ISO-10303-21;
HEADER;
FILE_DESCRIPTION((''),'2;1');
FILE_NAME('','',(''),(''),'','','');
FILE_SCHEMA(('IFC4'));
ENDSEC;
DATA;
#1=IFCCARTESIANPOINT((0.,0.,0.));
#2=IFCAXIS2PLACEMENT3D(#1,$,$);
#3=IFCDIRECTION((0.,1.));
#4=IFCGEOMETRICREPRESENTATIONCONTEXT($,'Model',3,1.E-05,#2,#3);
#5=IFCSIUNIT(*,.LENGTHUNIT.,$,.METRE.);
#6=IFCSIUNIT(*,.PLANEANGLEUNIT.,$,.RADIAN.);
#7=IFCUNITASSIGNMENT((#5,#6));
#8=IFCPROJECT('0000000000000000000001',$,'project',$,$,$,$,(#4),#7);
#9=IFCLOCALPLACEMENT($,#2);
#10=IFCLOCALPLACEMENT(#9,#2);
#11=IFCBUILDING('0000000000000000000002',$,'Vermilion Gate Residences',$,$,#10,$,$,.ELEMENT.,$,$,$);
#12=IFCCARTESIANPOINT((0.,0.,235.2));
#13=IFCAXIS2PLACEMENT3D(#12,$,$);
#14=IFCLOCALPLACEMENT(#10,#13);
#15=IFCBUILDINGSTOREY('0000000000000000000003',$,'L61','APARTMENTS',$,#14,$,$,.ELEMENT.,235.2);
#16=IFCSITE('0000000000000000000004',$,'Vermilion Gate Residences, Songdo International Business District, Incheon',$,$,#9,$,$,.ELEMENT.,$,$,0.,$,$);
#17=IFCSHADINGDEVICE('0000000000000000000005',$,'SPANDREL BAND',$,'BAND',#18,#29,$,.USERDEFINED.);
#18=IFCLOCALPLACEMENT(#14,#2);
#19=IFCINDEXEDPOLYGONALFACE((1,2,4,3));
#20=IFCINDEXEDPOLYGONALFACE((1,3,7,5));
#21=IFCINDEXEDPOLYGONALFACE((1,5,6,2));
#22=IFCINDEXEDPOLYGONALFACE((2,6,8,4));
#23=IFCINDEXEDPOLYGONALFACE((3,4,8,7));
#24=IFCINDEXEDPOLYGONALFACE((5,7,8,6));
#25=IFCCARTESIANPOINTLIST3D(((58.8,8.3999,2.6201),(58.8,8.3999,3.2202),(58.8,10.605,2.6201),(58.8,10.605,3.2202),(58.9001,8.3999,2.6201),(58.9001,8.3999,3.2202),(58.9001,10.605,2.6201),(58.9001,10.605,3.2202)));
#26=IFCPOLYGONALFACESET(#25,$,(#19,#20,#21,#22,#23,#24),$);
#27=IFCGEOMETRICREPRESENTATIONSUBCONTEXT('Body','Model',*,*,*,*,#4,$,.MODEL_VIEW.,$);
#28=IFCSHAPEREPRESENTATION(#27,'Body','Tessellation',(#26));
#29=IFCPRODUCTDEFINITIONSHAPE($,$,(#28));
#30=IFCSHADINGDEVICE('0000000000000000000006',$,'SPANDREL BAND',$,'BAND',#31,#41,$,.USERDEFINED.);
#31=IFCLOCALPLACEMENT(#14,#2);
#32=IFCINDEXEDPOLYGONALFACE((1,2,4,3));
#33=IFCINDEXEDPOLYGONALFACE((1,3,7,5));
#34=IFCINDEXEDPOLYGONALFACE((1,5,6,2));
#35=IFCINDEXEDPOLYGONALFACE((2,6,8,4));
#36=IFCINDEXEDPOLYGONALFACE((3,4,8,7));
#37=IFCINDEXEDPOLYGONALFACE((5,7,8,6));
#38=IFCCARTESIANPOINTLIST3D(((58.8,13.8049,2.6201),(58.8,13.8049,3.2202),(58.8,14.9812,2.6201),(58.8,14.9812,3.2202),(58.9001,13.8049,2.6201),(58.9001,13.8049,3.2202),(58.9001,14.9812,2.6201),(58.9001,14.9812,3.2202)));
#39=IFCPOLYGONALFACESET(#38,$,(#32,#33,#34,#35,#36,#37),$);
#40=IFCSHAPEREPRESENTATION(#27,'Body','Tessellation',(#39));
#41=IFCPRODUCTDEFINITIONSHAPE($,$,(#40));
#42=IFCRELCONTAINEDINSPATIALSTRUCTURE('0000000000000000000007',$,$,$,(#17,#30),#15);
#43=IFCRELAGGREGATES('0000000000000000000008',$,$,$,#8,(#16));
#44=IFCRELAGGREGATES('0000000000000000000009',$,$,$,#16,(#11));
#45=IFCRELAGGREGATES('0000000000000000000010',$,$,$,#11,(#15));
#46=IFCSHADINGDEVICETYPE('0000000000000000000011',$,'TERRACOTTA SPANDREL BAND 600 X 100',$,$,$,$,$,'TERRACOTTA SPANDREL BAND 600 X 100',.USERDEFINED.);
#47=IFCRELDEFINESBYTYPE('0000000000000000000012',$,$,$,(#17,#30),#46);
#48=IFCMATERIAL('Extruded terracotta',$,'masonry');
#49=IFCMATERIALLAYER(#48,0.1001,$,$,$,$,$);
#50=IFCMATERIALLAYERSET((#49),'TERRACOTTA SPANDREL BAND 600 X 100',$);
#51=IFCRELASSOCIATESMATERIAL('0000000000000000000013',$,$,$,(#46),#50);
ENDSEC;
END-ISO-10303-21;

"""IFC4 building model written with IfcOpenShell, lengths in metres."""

from ifc_helpers import new_model, si_unit, direction, frame, origin, origin_2d, place, context, subcontext, project, spatial, rectangle, extrude, material, layer, layer_set, type_object, element, save


model = new_model("IFC4")

# Units and contexts
model_context = context("Model", 3, precision=1e-05, world=origin(), true_north=direction((0.0, 1.0)))
body_context = subcontext(model_context, "Body", "Model", "MODEL_VIEW")
ifc_project = project(units=[si_unit("LENGTHUNIT", "METRE"), si_unit("PLANEANGLEUNIT", "RADIAN")], contexts=[model_context])

# Site, building, storey
site_placement = place(None, origin())
site = spatial("IfcSite", under=ifc_project, at=site_placement, Name="Vermilion Gate Residences, Songdo International Business District, Incheon", CompositionType="ELEMENT", RefElevation=0.0)
building_placement = place(site_placement, origin())
building = spatial("IfcBuilding", under=site, at=building_placement, Name="Vermilion Gate Residences", CompositionType="ELEMENT")
storey_placement = place(building_placement, frame((0.0, 0.0, 235.2)))
storey = spatial("IfcBuildingStorey", under=building, at=storey_placement, Name="L61", Description="APARTMENTS", CompositionType="ELEMENT", Elevation=235.2)

# Shading devices
ifc_material_1 = material(Name="Extruded terracotta", Category="masonry")
ifc_layer_1 = layer(ifc_material_1, 0.1001)
ifc_layer_set_1 = layer_set([ifc_layer_1], Name="TERRACOTTA SPANDREL BAND 600 X 100")
shading_device_type = type_object("IfcShadingDeviceType", Name="TERRACOTTA SPANDREL BAND 600 X 100", ElementType="TERRACOTTA SPANDREL BAND 600 X 100", PredefinedType="USERDEFINED", material=ifc_layer_set_1)
shading_device_1_placement = place(storey_placement, frame((58.8501, 9.5024, 2.6201), z_axis=(0.0, 0.0, 1.0), x_axis=(0.0, 1.0, 0.0)))
element("IfcShadingDevice", 1, at=shading_device_1_placement, inside=storey, type_object=shading_device_type, Name="SPANDREL BAND", ObjectType="BAND", PredefinedType="USERDEFINED", context=body_context, shape_type="SweptSolid", body=[
    extrude(rectangle(XDim=2.2051, YDim=0.1001, at=origin_2d()), origin(), (0.0, 0.0, 1.0), 0.6001),
])
shading_device_2_placement = place(storey_placement, frame((58.8501, 14.3931, 2.6201), z_axis=(0.0, 0.0, 1.0), x_axis=(0.0, 1.0, 0.0)))
element("IfcShadingDevice", 2, at=shading_device_2_placement, inside=storey, type_object=shading_device_type, Name="SPANDREL BAND", ObjectType="BAND", PredefinedType="USERDEFINED", context=body_context, shape_type="SweptSolid", body=[
    extrude(rectangle(XDim=1.1763, YDim=0.1001, at=origin_2d()), origin(), (0.0, 0.0, 1.0), 0.6001),
])

save(model, "model.ifc")
